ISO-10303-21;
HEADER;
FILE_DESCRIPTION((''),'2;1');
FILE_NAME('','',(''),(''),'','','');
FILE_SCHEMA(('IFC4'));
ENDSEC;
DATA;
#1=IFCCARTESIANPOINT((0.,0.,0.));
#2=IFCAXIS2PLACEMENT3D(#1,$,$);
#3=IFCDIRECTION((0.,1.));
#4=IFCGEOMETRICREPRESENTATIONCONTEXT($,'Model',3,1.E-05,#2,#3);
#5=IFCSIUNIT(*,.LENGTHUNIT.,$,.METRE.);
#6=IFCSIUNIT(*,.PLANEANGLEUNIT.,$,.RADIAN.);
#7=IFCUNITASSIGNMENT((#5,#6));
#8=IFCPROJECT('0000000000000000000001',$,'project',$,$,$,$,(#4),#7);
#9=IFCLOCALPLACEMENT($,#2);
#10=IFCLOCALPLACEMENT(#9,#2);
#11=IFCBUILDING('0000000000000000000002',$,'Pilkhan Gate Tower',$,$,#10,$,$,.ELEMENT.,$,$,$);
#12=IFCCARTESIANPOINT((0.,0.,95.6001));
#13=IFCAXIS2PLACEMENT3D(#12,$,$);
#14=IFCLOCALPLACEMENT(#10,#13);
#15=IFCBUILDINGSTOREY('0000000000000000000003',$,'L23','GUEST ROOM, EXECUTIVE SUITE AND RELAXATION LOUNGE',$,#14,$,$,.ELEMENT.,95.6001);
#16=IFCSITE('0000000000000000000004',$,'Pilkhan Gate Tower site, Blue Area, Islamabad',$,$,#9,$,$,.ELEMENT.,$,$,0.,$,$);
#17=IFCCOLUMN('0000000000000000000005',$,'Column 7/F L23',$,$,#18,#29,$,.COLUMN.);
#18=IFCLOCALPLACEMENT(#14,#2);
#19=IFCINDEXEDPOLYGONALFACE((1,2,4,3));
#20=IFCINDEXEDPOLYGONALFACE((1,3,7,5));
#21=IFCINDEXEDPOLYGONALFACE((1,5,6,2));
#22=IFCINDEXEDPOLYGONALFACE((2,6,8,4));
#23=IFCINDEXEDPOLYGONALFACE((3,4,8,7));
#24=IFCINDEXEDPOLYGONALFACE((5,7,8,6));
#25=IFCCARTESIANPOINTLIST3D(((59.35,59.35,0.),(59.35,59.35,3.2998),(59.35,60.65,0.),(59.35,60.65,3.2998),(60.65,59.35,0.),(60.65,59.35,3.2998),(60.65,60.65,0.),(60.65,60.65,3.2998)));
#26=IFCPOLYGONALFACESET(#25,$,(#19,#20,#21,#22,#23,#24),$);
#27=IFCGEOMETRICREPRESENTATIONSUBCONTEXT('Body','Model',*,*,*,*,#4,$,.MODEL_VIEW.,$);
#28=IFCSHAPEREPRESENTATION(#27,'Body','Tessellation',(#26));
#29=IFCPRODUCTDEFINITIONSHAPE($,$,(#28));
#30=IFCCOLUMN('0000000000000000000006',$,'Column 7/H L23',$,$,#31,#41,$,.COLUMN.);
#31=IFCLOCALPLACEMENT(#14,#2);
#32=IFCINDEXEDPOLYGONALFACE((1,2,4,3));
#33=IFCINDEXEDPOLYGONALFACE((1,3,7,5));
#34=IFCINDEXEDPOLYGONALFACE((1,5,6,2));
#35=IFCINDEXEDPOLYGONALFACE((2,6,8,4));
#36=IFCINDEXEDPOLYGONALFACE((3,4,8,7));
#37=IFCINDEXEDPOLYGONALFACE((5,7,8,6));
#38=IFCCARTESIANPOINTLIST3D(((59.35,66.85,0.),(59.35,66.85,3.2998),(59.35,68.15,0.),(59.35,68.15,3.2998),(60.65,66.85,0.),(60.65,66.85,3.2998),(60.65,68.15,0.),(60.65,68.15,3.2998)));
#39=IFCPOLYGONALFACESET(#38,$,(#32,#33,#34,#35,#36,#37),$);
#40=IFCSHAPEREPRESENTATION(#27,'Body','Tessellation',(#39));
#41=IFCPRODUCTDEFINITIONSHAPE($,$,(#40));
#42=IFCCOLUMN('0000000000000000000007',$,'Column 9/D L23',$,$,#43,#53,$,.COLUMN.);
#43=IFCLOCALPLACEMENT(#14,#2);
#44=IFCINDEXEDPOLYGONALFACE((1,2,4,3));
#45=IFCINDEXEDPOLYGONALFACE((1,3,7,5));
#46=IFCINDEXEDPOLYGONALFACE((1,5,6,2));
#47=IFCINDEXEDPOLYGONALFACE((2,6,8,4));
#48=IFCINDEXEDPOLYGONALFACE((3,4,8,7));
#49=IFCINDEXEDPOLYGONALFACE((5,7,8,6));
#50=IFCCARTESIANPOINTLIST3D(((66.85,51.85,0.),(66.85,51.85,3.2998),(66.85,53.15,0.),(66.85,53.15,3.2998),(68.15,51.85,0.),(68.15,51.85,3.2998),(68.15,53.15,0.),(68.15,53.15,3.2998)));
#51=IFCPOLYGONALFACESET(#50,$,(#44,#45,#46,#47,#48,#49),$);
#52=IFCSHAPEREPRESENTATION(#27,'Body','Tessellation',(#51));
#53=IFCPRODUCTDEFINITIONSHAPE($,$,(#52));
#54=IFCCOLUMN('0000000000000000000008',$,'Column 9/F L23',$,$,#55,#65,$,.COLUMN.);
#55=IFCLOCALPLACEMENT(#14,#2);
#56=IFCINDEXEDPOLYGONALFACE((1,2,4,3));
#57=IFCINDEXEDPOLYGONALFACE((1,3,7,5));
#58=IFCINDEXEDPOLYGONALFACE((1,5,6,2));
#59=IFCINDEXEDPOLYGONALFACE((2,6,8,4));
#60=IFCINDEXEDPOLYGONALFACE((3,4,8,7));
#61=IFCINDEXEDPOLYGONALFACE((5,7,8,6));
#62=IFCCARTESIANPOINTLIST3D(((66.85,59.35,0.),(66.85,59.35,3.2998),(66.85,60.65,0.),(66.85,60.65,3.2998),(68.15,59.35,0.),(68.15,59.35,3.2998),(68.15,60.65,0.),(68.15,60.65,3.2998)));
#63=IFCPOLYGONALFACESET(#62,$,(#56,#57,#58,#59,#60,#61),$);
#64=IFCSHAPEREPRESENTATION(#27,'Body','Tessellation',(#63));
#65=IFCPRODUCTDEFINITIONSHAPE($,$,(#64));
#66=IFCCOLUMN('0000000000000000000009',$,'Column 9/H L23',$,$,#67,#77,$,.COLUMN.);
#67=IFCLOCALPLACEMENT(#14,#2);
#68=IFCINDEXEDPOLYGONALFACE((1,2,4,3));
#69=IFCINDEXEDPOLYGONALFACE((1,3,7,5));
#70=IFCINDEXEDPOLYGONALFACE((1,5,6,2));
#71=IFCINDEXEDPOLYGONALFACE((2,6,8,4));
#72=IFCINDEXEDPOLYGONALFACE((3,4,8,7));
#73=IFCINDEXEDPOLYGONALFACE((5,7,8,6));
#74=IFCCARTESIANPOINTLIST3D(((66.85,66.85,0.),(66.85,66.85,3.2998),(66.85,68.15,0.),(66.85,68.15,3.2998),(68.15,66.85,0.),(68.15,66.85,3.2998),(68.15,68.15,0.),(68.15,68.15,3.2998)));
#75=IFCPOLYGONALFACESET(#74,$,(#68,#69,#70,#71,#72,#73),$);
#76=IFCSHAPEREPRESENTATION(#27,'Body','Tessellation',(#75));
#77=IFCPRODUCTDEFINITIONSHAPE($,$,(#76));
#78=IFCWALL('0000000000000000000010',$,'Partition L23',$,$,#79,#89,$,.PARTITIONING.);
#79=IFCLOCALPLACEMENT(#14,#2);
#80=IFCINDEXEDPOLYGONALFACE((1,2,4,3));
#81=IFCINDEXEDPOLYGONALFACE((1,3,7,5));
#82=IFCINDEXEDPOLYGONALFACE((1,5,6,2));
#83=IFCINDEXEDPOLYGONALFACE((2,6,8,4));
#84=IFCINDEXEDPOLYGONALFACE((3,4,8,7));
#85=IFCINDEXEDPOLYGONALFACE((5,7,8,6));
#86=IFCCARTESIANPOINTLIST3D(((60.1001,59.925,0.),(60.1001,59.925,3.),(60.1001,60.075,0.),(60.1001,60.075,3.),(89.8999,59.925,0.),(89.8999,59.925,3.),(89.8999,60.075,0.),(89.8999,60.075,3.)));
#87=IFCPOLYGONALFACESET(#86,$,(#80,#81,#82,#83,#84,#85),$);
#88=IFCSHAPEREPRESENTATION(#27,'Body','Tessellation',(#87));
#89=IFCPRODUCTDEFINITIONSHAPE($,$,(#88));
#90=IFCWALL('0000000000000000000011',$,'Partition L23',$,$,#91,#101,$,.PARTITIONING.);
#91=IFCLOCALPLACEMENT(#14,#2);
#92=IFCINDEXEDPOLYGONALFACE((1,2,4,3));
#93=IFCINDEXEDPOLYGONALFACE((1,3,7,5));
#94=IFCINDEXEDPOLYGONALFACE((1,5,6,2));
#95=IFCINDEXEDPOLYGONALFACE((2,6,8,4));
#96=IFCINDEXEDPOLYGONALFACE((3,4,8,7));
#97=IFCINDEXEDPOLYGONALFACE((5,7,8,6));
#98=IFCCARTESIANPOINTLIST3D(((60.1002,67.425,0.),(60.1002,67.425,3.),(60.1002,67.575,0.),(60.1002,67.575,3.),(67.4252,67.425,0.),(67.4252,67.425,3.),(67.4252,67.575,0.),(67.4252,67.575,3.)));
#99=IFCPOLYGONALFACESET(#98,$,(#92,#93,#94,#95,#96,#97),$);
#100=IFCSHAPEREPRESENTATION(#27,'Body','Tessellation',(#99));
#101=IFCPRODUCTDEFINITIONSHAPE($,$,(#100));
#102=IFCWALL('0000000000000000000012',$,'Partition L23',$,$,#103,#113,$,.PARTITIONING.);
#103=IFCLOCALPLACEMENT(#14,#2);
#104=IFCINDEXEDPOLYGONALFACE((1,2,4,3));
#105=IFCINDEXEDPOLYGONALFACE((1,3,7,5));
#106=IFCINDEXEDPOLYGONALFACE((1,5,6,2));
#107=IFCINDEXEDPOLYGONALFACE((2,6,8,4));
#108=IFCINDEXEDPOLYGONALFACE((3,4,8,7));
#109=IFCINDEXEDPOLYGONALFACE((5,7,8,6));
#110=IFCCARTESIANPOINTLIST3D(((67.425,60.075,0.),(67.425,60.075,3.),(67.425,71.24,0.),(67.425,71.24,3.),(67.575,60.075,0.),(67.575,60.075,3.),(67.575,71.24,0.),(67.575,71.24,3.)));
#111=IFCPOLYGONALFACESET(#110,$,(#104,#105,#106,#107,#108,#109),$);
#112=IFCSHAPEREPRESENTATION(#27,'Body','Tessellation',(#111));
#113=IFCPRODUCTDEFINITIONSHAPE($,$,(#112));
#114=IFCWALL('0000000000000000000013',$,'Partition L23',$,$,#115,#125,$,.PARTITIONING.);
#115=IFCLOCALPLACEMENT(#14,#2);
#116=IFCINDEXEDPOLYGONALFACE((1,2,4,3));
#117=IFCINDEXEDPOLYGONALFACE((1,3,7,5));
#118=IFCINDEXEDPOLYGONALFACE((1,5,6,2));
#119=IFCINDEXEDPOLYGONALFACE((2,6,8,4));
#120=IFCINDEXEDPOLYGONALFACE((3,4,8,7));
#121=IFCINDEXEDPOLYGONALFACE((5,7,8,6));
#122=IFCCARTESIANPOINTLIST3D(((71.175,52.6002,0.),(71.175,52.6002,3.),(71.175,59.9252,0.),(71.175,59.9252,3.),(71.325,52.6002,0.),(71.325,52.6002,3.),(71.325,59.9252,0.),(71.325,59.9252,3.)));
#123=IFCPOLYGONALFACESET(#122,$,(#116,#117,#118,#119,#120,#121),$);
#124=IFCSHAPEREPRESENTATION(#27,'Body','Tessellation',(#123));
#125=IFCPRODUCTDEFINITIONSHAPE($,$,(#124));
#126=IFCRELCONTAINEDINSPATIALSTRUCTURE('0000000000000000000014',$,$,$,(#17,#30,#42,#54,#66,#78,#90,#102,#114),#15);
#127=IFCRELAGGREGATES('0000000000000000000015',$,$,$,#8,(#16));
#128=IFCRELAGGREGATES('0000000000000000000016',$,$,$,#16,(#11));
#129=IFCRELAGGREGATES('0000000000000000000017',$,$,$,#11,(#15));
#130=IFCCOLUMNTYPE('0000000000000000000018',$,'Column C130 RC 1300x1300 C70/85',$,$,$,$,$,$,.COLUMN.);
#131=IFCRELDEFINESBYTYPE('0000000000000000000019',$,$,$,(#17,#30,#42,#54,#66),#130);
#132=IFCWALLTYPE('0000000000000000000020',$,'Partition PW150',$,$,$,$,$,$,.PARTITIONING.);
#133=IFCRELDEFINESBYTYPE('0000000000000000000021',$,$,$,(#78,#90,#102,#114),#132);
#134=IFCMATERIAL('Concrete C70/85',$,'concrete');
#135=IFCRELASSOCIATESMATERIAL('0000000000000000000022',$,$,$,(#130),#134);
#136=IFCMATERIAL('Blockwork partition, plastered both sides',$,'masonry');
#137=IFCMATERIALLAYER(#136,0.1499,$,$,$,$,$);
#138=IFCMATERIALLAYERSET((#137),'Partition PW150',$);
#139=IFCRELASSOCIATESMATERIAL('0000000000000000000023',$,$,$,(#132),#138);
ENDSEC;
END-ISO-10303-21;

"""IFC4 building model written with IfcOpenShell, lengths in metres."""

from ifc_helpers import new_model, si_unit, direction, frame, frame_2d, origin, origin_2d, place, context, subcontext, project, spatial, rectangle, extrude, material, layer, layer_set, material_profile, profile_set, type_object, element, save


model = new_model("IFC4")

# Units and contexts
model_context = context("Model", 3, precision=1e-05, world=origin(), true_north=direction((0.0, 1.0)))
body_context = subcontext(model_context, "Body", "Model", "MODEL_VIEW")
ifc_project = project(units=[si_unit("LENGTHUNIT", "METRE"), si_unit("PLANEANGLEUNIT", "RADIAN")], contexts=[model_context])

# Site, building, storey
site_placement = place(None, origin())
site = spatial("IfcSite", under=ifc_project, at=site_placement, Name="Pilkhan Gate Tower site, Blue Area, Islamabad", CompositionType="ELEMENT", RefElevation=0.0)
building_placement = place(site_placement, origin())
building = spatial("IfcBuilding", under=site, at=building_placement, Name="Pilkhan Gate Tower", CompositionType="ELEMENT")
storey_placement = place(building_placement, frame((0.0, 0.0, 95.6001)))
storey = spatial("IfcBuildingStorey", under=building, at=storey_placement, Name="L23", Description="GUEST ROOM, EXECUTIVE SUITE AND RELAXATION LOUNGE", CompositionType="ELEMENT", Elevation=95.6001)

# Columns
ifc_material_1 = material(Name="Concrete C70/85", Category="concrete")
ifc_material_profile = material_profile(ifc_material_1, rectangle(XDim=1.3, YDim=1.3, at=origin_2d()), Name="RC 1300x1300")
ifc_profile_set = profile_set([ifc_material_profile], Name="Concrete C70/85")
column_type = type_object("IfcColumnType", Name="Column C130 RC 1300x1300 C70/85", PredefinedType="COLUMN", material=ifc_profile_set)
for number, where, z_axis, x_axis, name in (
    (1, (60.0, 60.0, 0.0), (0.0, 0.0, 1.0), (1.0, 0.0, 0.0), "Column 7/F L23"),
    (2, (60.0, 67.5, 0.0), (0.0, 0.0, 1.0), (1.0, 0.0, 0.0), "Column 7/H L23"),
    (3, (67.5, 52.5, 0.0), (0.0, 0.0, 1.0), (1.0, 0.0, 0.0), "Column 9/D L23"),
    (4, (67.5, 60.0, 0.0), (0.0, 0.0, 1.0), (1.0, 0.0, 0.0), "Column 9/F L23"),
    (5, (67.5, 67.5, 0.0), (0.0, 0.0, 1.0), (1.0, 0.0, 0.0), "Column 9/H L23"),
):
    element("IfcColumn", number, at=place(storey_placement, frame(where, z_axis=z_axis, x_axis=x_axis)), inside=storey, type_object=column_type, Name=name, PredefinedType="COLUMN", context=body_context, shape_type="SweptSolid", body=[
        extrude(rectangle(XDim=1.3, YDim=1.3, at=origin_2d()), origin(), (0.0, 0.0, 1.0), 3.2998),
    ])

# Walls
ifc_material_2 = material(Name="Blockwork partition, plastered both sides", Category="masonry")
ifc_layer = layer(ifc_material_2, 0.1499)
ifc_layer_set = layer_set([ifc_layer], Name="Partition PW150")
wall_type = type_object("IfcWallType", Name="Partition PW150", PredefinedType="PARTITIONING", material=ifc_layer_set)
wall_1_placement = place(storey_placement, frame((60.1001, 60.0, 0.0), z_axis=(0.0, 0.0, 1.0), x_axis=(1.0, 0.0, 0.0)))
element("IfcWall", 6, at=wall_1_placement, inside=storey, type_object=wall_type, Name="Partition L23", PredefinedType="PARTITIONING", context=body_context, shape_type="SweptSolid", body=[
    extrude(rectangle(XDim=29.7998, YDim=0.1499, at=frame_2d((14.8999, 0.0))), origin(), (0.0, 0.0, 1.0), 3.0),
])
wall_2_placement = place(storey_placement, frame((60.1001, 67.5, 0.0), z_axis=(0.0, 0.0, 1.0), x_axis=(1.0, 0.0, 0.0)))
element("IfcWall", 7, at=wall_2_placement, inside=storey, type_object=wall_type, Name="Partition L23", PredefinedType="PARTITIONING", context=body_context, shape_type="SweptSolid", body=[
    extrude(rectangle(XDim=7.325, YDim=0.1499, at=frame_2d((3.6626, 0.0))), origin(), (0.0, 0.0, 1.0), 3.0),
])
wall_3_placement = place(storey_placement, frame((67.5, 60.075, 0.0), z_axis=(0.0, 0.0, 1.0), x_axis=(0.0, 1.0, 0.0)))
element("IfcWall", 8, at=wall_3_placement, inside=storey, type_object=wall_type, Name="Partition L23", PredefinedType="PARTITIONING", context=body_context, shape_type="SweptSolid", body=[
    extrude(rectangle(XDim=11.165, YDim=0.1499, at=frame_2d((5.5825, 0.0))), origin(), (0.0, 0.0, 1.0), 3.0),
])
wall_4_placement = place(storey_placement, frame((71.25, 52.6001, 0.0), z_axis=(0.0, 0.0, 1.0), x_axis=(0.0, 1.0, 0.0)))
element("IfcWall", 9, at=wall_4_placement, inside=storey, type_object=wall_type, Name="Partition L23", PredefinedType="PARTITIONING", context=body_context, shape_type="SweptSolid", body=[
    extrude(rectangle(XDim=7.325, YDim=0.1499, at=frame_2d((3.6626, 0.0))), origin(), (0.0, 0.0, 1.0), 3.0),
])

save(model, "model.ifc")
